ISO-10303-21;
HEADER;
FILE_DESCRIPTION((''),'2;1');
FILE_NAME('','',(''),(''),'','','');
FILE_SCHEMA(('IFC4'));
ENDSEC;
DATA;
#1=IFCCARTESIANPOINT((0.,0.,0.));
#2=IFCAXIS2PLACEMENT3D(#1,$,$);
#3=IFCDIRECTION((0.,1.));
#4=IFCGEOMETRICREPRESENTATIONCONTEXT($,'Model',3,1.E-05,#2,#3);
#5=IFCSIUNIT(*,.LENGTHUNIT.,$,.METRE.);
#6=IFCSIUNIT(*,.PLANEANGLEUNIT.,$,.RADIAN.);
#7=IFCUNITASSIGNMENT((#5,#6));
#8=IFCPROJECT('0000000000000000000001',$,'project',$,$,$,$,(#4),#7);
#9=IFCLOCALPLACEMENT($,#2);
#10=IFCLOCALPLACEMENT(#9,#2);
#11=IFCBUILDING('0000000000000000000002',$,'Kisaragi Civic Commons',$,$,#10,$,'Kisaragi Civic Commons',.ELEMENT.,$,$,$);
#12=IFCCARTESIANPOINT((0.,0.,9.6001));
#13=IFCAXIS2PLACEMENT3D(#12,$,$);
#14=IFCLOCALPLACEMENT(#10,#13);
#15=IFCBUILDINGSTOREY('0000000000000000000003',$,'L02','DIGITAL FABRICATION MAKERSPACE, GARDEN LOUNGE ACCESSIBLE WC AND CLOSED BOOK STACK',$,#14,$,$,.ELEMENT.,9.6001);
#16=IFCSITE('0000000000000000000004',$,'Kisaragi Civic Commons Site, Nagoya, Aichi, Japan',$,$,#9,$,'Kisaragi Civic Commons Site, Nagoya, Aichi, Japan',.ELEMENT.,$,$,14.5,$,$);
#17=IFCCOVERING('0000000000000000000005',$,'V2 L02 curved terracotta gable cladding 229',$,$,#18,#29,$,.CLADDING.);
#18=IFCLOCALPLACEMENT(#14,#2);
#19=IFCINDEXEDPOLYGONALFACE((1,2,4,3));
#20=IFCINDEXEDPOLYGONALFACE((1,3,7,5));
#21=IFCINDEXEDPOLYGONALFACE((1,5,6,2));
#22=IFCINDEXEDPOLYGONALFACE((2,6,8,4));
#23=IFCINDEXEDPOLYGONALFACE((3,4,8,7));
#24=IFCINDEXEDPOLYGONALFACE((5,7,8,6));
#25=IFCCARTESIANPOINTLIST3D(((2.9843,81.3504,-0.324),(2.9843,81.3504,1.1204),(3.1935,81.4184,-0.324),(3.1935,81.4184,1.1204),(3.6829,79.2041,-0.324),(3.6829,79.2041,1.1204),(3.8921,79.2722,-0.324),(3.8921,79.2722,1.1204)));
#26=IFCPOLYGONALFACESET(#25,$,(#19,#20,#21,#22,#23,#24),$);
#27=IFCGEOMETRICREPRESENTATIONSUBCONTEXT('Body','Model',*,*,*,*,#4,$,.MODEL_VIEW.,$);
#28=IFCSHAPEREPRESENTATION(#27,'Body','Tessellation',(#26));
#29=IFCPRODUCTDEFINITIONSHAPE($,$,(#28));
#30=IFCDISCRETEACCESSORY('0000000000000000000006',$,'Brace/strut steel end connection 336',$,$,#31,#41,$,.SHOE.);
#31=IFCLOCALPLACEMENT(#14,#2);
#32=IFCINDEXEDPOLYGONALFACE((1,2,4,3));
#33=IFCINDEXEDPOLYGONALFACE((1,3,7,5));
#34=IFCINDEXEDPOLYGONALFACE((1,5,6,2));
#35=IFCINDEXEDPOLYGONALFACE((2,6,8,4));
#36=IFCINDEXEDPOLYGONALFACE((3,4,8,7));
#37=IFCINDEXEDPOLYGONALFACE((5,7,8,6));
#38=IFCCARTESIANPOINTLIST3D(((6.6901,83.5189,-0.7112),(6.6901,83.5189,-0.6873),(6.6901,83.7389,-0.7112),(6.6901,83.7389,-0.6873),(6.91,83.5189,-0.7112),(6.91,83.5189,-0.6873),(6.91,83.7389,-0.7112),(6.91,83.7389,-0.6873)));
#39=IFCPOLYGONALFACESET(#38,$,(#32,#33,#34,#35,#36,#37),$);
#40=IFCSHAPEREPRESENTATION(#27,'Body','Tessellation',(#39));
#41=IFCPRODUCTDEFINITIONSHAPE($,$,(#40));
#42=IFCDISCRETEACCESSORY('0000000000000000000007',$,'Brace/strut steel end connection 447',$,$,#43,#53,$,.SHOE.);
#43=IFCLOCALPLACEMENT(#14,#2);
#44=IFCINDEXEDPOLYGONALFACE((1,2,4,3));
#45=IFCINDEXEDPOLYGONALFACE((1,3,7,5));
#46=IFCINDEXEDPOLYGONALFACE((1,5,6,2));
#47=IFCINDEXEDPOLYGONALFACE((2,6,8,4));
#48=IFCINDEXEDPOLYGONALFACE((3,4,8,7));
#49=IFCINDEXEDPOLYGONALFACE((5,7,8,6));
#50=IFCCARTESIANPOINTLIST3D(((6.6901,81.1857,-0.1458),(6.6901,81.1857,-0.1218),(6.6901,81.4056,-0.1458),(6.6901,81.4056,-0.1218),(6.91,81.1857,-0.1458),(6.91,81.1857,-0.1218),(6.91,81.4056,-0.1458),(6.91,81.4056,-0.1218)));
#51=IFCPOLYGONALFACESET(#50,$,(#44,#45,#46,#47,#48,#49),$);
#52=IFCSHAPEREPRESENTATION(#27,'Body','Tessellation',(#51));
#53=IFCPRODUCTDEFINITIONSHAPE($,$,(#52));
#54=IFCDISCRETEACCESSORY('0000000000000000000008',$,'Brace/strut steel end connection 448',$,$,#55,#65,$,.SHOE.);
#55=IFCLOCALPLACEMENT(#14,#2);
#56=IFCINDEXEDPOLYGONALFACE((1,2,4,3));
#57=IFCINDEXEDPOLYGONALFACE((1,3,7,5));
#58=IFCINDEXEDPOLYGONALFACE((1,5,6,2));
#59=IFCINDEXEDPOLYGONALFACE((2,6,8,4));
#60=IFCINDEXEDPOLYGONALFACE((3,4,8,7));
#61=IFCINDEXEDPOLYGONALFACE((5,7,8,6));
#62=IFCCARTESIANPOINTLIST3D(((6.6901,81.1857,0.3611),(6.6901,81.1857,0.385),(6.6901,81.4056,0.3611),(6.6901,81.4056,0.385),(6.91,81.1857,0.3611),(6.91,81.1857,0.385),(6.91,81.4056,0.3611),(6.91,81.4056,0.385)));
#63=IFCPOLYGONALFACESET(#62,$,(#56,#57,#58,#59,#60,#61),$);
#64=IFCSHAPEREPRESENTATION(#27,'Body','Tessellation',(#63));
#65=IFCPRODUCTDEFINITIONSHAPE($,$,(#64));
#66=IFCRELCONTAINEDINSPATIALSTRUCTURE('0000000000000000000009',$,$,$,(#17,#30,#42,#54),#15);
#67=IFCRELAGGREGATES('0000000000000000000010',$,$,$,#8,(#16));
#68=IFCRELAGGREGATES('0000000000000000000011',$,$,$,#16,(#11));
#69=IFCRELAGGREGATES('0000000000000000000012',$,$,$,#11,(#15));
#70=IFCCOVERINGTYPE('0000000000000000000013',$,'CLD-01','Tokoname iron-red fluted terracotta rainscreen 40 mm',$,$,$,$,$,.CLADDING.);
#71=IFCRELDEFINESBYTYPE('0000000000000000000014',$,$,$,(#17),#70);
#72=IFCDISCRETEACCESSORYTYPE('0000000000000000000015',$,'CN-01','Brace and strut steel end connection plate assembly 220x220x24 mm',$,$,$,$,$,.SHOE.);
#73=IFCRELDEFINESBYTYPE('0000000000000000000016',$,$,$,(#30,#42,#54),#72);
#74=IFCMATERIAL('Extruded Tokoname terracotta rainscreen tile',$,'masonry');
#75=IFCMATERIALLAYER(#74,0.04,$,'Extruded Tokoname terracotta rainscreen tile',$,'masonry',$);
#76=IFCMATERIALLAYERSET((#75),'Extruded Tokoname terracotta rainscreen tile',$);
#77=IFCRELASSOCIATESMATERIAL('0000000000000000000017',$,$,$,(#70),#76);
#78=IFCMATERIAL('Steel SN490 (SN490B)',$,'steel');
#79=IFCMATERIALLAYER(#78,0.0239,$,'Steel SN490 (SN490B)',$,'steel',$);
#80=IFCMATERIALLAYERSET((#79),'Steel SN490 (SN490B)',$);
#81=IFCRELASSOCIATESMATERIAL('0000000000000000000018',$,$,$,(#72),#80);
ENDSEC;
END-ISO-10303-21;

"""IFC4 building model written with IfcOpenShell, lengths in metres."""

from ifc_helpers import new_model, si_unit, direction, frame, origin, origin_2d, place, context, subcontext, project, spatial, rectangle, extrude, material, layer, layer_set, type_object, element, save


model = new_model("IFC4")

# Units and contexts
model_context = context("Model", 3, precision=1e-05, world=origin(), true_north=direction((0.0, 1.0)))
body_context = subcontext(model_context, "Body", "Model", "MODEL_VIEW")
ifc_project = project(units=[si_unit("LENGTHUNIT", "METRE"), si_unit("PLANEANGLEUNIT", "RADIAN")], contexts=[model_context])

# Site, building, storey
site_placement = place(None, origin())
site = spatial("IfcSite", under=ifc_project, at=site_placement, Name="Kisaragi Civic Commons Site, Nagoya, Aichi, Japan", LongName="Kisaragi Civic Commons Site, Nagoya, Aichi, Japan", CompositionType="ELEMENT", RefElevation=14.5)
building_placement = place(site_placement, origin())
building = spatial("IfcBuilding", under=site, at=building_placement, Name="Kisaragi Civic Commons", LongName="Kisaragi Civic Commons", CompositionType="ELEMENT")
storey_placement = place(building_placement, frame((0.0, 0.0, 9.6001)))
storey = spatial("IfcBuildingStorey", under=building, at=storey_placement, Name="L02", Description="DIGITAL FABRICATION MAKERSPACE, GARDEN LOUNGE ACCESSIBLE WC AND CLOSED BOOK STACK", CompositionType="ELEMENT", Elevation=9.6001)

# Shared definitions
ifc_material_1 = material(Name="Steel SN490 (SN490B)", Category="steel")

# Covering
ifc_material_2 = material(Name="Extruded Tokoname terracotta rainscreen tile", Category="masonry")
ifc_layer_1 = layer(ifc_material_2, 0.04, Name="Extruded Tokoname terracotta rainscreen tile", Category="masonry")
ifc_layer_set_1 = layer_set([ifc_layer_1], Name="Extruded Tokoname terracotta rainscreen tile")
covering_type = type_object("IfcCoveringType", Name="CLD-01", Description="Tokoname iron-red fluted terracotta rainscreen 40 mm", PredefinedType="CLADDING", material=ifc_layer_set_1)
for number, where, z_axis, x_axis, name in (
    (1, (3.4382, 80.3113, -0.324), (0.0, 0.0, 1.0), (-0.309515, 0.950895, 0.0), "V2 L02 curved terracotta gable cladding 229"),
):
    element("IfcCovering", number, at=place(storey_placement, frame(where, z_axis=z_axis, x_axis=x_axis)), inside=storey, type_object=covering_type, Name=name, PredefinedType="CLADDING", context=body_context, shape_type="SweptSolid", body=[
        extrude(rectangle(XDim=2.2571, YDim=0.22, at=origin_2d()), origin(), (0.0, 0.0, 1.0), 1.4443),
    ])

# Discrete accessories
ifc_layer_2 = layer(ifc_material_1, 0.0239, Name="Steel SN490 (SN490B)", Category="steel")
ifc_layer_set_2 = layer_set([ifc_layer_2], Name="Steel SN490 (SN490B)")
discrete_accessory_type = type_object("IfcDiscreteAccessoryType", Name="CN-01", Description="Brace and strut steel end connection plate assembly 220x220x24 mm", PredefinedType="SHOE", material=ifc_layer_set_2)
for number, where, z_axis, x_axis, name in (
    (2, (6.8, 83.6289, -0.7112), (0.0, 0.0, 1.0), (1.0, 0.0, 0.0), "Brace/strut steel end connection 336"),
    (3, (6.8, 81.2957, -0.1458), (0.0, 0.0, 1.0), (1.0, 0.0, 0.0), "Brace/strut steel end connection 447"),
    (4, (6.8, 81.2957, 0.3611), (0.0, 0.0, 1.0), (1.0, 0.0, 0.0), "Brace/strut steel end connection 448"),
):
    element("IfcDiscreteAccessory", number, at=place(storey_placement, frame(where, z_axis=z_axis, x_axis=x_axis)), inside=storey, type_object=discrete_accessory_type, Name=name, PredefinedType="SHOE", context=body_context, shape_type="SweptSolid", body=[
        extrude(rectangle(XDim=0.22, YDim=0.22, at=origin_2d()), origin(), (0.0, 0.0, 1.0), 0.0239),
    ])

save(model, "model.ifc")
